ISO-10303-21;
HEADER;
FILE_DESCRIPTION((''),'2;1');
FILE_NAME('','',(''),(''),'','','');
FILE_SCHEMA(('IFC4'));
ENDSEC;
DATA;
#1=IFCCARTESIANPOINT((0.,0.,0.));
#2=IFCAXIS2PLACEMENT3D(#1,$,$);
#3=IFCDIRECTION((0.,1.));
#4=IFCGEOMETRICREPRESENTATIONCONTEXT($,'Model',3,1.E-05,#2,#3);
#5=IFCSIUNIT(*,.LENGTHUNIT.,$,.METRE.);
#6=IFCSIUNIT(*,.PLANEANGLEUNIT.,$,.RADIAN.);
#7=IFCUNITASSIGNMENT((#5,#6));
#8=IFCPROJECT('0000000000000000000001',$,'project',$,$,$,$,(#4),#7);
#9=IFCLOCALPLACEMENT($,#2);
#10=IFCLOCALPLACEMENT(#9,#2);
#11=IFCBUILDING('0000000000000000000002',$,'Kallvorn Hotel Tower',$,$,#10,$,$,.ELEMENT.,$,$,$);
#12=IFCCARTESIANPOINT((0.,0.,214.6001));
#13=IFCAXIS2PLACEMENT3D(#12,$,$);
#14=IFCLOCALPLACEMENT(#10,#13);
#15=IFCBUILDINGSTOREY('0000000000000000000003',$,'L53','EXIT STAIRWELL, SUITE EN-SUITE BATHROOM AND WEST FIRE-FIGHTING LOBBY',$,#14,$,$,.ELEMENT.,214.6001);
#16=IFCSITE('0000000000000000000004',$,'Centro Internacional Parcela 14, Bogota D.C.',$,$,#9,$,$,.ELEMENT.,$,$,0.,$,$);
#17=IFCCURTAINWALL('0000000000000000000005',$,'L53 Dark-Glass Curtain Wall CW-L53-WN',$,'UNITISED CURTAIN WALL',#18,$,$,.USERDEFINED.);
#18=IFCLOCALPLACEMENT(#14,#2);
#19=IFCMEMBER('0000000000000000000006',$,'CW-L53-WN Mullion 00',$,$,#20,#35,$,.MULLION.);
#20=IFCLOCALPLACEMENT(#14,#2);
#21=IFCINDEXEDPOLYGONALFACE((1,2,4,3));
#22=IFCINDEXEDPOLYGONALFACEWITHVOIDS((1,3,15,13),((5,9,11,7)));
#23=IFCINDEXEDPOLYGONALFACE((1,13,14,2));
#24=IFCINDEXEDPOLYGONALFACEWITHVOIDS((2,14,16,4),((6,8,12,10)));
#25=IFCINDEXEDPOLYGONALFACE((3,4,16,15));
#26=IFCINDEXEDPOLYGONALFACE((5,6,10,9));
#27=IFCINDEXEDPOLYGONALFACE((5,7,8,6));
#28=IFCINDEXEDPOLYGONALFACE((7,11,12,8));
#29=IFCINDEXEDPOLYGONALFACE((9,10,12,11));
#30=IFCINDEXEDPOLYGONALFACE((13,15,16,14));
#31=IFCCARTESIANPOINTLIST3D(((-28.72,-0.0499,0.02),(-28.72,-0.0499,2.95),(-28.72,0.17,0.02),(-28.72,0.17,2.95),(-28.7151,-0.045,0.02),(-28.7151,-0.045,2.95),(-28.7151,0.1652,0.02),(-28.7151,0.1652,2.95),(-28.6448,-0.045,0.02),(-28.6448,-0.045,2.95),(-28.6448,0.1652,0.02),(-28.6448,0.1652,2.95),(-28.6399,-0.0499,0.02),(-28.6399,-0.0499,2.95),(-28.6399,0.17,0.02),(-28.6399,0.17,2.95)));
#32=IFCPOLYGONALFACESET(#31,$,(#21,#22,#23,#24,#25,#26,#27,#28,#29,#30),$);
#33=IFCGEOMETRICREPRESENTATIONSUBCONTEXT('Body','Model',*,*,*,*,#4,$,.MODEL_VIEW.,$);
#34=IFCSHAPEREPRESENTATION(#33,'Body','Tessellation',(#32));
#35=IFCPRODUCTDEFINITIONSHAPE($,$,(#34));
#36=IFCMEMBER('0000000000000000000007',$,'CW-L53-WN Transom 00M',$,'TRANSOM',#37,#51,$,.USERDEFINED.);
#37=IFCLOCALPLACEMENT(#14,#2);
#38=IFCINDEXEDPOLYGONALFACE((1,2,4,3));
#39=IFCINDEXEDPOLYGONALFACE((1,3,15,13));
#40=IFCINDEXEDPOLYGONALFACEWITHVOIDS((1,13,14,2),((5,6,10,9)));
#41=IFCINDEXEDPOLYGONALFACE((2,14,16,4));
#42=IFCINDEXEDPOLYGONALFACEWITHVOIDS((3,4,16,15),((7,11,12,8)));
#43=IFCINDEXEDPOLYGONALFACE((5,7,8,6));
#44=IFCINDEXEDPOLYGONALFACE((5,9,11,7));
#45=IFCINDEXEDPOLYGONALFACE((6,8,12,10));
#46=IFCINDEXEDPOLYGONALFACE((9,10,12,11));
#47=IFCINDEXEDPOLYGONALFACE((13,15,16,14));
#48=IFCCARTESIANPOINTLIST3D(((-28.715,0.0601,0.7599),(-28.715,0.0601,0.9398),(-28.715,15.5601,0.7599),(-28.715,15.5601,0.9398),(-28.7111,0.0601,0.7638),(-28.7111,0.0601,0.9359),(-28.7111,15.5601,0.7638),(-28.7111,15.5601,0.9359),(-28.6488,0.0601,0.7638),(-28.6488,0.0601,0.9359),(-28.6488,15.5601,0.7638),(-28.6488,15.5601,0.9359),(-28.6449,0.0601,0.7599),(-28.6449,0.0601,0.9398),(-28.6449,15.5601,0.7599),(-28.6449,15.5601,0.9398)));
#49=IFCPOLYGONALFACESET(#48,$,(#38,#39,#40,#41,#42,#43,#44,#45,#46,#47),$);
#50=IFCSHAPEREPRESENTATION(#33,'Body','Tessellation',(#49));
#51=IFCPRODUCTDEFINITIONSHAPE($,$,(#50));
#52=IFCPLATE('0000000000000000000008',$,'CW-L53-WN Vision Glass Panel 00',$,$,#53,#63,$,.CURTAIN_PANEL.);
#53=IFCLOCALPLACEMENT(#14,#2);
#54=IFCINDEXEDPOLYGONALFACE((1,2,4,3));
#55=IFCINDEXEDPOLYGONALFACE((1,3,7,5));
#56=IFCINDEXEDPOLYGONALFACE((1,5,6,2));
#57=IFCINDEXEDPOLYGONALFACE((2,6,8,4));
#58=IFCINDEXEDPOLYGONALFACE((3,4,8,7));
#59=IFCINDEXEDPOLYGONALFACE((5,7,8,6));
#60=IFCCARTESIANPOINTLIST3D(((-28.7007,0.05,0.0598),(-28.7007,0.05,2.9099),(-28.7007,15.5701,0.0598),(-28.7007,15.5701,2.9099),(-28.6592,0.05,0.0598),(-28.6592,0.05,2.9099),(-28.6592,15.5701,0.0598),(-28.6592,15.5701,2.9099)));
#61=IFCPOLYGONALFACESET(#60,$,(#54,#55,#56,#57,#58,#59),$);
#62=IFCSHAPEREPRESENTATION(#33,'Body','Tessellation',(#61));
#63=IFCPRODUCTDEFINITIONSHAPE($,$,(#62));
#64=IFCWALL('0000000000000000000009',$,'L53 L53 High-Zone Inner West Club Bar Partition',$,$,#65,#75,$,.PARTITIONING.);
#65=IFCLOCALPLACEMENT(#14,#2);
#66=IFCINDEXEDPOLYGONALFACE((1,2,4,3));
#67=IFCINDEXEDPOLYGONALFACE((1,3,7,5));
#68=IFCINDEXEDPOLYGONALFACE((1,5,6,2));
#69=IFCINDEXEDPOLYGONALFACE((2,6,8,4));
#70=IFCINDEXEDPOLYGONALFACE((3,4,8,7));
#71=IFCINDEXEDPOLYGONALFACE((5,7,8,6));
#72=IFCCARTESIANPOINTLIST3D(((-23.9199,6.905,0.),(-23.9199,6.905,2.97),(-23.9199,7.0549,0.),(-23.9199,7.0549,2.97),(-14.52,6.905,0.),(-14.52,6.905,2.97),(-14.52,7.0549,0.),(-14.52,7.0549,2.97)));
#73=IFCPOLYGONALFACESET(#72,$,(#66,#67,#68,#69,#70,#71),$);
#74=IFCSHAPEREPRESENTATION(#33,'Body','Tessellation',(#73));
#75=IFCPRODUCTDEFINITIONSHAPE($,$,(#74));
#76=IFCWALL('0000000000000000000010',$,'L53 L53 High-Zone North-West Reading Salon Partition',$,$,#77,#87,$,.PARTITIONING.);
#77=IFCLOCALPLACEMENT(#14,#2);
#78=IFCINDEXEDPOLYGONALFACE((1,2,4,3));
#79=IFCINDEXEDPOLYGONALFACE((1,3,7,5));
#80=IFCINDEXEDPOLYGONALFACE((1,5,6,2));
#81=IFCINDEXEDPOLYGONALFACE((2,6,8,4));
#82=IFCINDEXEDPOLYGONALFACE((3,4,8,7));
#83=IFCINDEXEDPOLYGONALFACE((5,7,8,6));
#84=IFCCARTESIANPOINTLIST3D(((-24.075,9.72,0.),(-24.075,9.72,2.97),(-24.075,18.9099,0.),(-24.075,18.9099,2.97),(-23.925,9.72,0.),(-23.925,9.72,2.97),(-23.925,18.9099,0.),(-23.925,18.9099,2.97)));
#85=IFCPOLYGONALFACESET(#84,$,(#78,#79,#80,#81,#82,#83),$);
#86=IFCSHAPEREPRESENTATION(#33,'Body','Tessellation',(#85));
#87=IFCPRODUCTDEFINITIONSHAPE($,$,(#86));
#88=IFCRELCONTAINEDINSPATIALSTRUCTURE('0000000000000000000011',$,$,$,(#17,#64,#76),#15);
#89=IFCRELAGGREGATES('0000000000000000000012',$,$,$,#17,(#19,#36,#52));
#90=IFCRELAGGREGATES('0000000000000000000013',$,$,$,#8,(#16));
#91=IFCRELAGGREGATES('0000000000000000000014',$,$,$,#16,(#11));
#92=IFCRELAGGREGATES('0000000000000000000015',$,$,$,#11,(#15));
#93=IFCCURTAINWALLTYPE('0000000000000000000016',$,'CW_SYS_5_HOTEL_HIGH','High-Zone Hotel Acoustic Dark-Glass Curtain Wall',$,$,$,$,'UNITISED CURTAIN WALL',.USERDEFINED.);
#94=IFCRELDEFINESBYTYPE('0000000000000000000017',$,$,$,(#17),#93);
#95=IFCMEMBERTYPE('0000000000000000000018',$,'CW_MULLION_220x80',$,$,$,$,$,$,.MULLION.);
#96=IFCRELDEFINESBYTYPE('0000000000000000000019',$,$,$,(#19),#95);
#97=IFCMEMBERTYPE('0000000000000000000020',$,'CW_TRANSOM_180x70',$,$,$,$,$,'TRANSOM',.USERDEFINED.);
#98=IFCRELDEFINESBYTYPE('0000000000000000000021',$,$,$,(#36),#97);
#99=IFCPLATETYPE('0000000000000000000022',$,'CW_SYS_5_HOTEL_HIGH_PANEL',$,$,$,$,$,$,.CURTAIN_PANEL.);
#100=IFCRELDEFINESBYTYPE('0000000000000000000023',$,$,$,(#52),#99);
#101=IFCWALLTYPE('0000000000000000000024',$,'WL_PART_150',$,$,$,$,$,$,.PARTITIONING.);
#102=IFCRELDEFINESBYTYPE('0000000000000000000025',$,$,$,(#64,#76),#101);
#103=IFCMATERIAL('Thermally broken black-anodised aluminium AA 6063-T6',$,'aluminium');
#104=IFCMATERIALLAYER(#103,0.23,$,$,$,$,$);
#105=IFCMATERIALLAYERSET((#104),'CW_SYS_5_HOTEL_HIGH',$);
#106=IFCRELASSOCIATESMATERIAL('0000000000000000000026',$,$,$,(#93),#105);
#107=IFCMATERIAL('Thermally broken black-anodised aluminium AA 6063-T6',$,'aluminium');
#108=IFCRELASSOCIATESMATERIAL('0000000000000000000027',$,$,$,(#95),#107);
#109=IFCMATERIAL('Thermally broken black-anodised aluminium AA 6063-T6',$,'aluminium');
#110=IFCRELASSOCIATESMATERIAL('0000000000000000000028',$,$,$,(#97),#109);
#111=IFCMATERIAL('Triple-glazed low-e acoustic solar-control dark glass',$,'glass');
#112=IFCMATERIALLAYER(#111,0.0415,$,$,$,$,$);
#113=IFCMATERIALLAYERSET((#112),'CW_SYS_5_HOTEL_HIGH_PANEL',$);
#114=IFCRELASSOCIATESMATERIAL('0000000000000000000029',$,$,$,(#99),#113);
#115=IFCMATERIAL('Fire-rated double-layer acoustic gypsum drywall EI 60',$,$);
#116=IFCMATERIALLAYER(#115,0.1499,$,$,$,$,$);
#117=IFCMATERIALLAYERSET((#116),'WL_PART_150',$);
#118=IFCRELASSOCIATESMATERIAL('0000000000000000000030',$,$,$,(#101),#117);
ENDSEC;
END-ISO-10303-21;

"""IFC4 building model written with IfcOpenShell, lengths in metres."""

from ifc_helpers import new_model, si_unit, direction, frame, frame_2d, origin, origin_2d, place, context, subcontext, project, spatial, rectangle, hollow_rectangle, extrude, material, layer, layer_set, material_profile, profile_set, type_object, element, aggregate, save


model = new_model("IFC4")

# Units and contexts
model_context = context("Model", 3, precision=1e-05, world=origin(), true_north=direction((0.0, 1.0)))
body_context = subcontext(model_context, "Body", "Model", "MODEL_VIEW")
ifc_project = project(units=[si_unit("LENGTHUNIT", "METRE"), si_unit("PLANEANGLEUNIT", "RADIAN")], contexts=[model_context])

# Site, building, storey
site_placement = place(None, origin())
site = spatial("IfcSite", under=ifc_project, at=site_placement, Name="Centro Internacional Parcela 14, Bogota D.C.", CompositionType="ELEMENT", RefElevation=0.0)
building_placement = place(site_placement, origin())
building = spatial("IfcBuilding", under=site, at=building_placement, Name="Kallvorn Hotel Tower", CompositionType="ELEMENT")
storey_placement = place(building_placement, frame((0.0, 0.0, 214.6001)))
storey = spatial("IfcBuildingStorey", under=building, at=storey_placement, Name="L53", Description="EXIT STAIRWELL, SUITE EN-SUITE BATHROOM AND WEST FIRE-FIGHTING LOBBY", CompositionType="ELEMENT", Elevation=214.6001)

# Curtain wall, members, plate
ifc_material_1 = material(Name="Thermally broken black-anodised aluminium AA 6063-T6", Category="aluminium")
ifc_layer_1 = layer(ifc_material_1, 0.23)
ifc_layer_set_1 = layer_set([ifc_layer_1], Name="CW_SYS_5_HOTEL_HIGH")
curtain_wall_type = type_object("IfcCurtainWallType", Name="CW_SYS_5_HOTEL_HIGH", Description="High-Zone Hotel Acoustic Dark-Glass Curtain Wall", ElementType="UNITISED CURTAIN WALL", PredefinedType="USERDEFINED", material=ifc_layer_set_1)
curtain_wall_placement = place(storey_placement, origin())
curtain_wall = element("IfcCurtainWall", 1, at=curtain_wall_placement, inside=storey, type_object=curtain_wall_type, Name="L53 Dark-Glass Curtain Wall CW-L53-WN", ObjectType="UNITISED CURTAIN WALL", PredefinedType="USERDEFINED")
ifc_material_2 = material(Name="Thermally broken black-anodised aluminium AA 6063-T6", Category="aluminium")
ifc_material_profile_1 = material_profile(ifc_material_2, hollow_rectangle(XDim=0.0801, YDim=0.22, WallThickness=0.0049, at=origin_2d()), Name="MUL 220x80")
ifc_profile_set_1 = profile_set([ifc_material_profile_1], Name="Thermally broken black-anodised aluminium AA 6063-T6")
member_type_1 = type_object("IfcMemberType", Name="CW_MULLION_220x80", PredefinedType="MULLION", material=ifc_profile_set_1)
member_1_placement = place(storey_placement, frame((-28.6799, 0.0601, 0.02), z_axis=(0.0, 0.0, 1.0), x_axis=(1.0, 0.0, 0.0)))
member_1 = element("IfcMember", 2, at=member_1_placement, type_object=member_type_1, Name="CW-L53-WN Mullion 00", PredefinedType="MULLION", context=body_context, shape_type="SweptSolid", body=[
    extrude(hollow_rectangle(XDim=0.0801, YDim=0.22, WallThickness=0.0049, at=origin_2d()), origin(), (0.0, 0.0, 1.0), 2.9299),
])
ifc_material_3 = material(Name="Thermally broken black-anodised aluminium AA 6063-T6", Category="aluminium")
ifc_material_profile_2 = material_profile(ifc_material_3, hollow_rectangle(XDim=0.0701, YDim=0.1799, WallThickness=0.0039, at=origin_2d()), Name="TRN 180x70")
ifc_profile_set_2 = profile_set([ifc_material_profile_2], Name="Thermally broken black-anodised aluminium AA 6063-T6")
member_type_2 = type_object("IfcMemberType", Name="CW_TRANSOM_180x70", ElementType="TRANSOM", PredefinedType="USERDEFINED", material=ifc_profile_set_2)
member_2_placement = place(storey_placement, frame((-28.6799, 0.0601, 0.8499), z_axis=(0.0, 1.0, 0.0), x_axis=(-1.0, 0.0, 0.0)))
member_2 = element("IfcMember", 3, at=member_2_placement, type_object=member_type_2, Name="CW-L53-WN Transom 00M", ObjectType="TRANSOM", PredefinedType="USERDEFINED", context=body_context, shape_type="SweptSolid", body=[
    extrude(hollow_rectangle(XDim=0.0701, YDim=0.1799, WallThickness=0.0039, at=origin_2d()), origin(), (0.0, 0.0, 1.0), 15.5),
])
ifc_material_4 = material(Name="Triple-glazed low-e acoustic solar-control dark glass", Category="glass")
ifc_layer_2 = layer(ifc_material_4, 0.0415)
ifc_layer_set_2 = layer_set([ifc_layer_2], Name="CW_SYS_5_HOTEL_HIGH_PANEL")
plate_type = type_object("IfcPlateType", Name="CW_SYS_5_HOTEL_HIGH_PANEL", PredefinedType="CURTAIN_PANEL", material=ifc_layer_set_2)
plate_placement = place(storey_placement, frame((-28.6799, 7.8101, 0.0598), z_axis=(0.0, 0.0, 1.0), x_axis=(0.0, 1.0, 0.0)))
plate = element("IfcPlate", 4, at=plate_placement, type_object=plate_type, Name="CW-L53-WN Vision Glass Panel 00", PredefinedType="CURTAIN_PANEL", context=body_context, shape_type="SweptSolid", body=[
    extrude(rectangle(XDim=15.52, YDim=0.0415, at=origin_2d()), origin(), (0.0, 0.0, 1.0), 2.8501),
])
aggregate(curtain_wall, [member_1, member_2, plate])

# Walls
ifc_material_5 = material(Name="Fire-rated double-layer acoustic gypsum drywall EI 60")
ifc_layer_3 = layer(ifc_material_5, 0.1499)
ifc_layer_set_3 = layer_set([ifc_layer_3], Name="WL_PART_150")
wall_type = type_object("IfcWallType", Name="WL_PART_150", PredefinedType="PARTITIONING", material=ifc_layer_set_3)
wall_1_placement = place(storey_placement, frame((-23.9199, 6.98, 0.0), z_axis=(0.0, 0.0, 1.0), x_axis=(1.0, 0.0, 0.0)))
element("IfcWall", 5, at=wall_1_placement, inside=storey, type_object=wall_type, Name="L53 L53 High-Zone Inner West Club Bar Partition", PredefinedType="PARTITIONING", context=body_context, shape_type="SweptSolid", body=[
    extrude(rectangle(XDim=9.3999, YDim=0.1499, at=frame_2d((4.7, 0.0))), origin(), (0.0, 0.0, 1.0), 2.97),
])
wall_2_placement = place(storey_placement, frame((-24.0, 9.72, 0.0), z_axis=(0.0, 0.0, 1.0), x_axis=(0.0, 1.0, 0.0)))
element("IfcWall", 6, at=wall_2_placement, inside=storey, type_object=wall_type, Name="L53 L53 High-Zone North-West Reading Salon Partition", PredefinedType="PARTITIONING", context=body_context, shape_type="SweptSolid", body=[
    extrude(rectangle(XDim=9.1899, YDim=0.1499, at=frame_2d((4.595, 0.0))), origin(), (0.0, 0.0, 1.0), 2.97),
])

save(model, "model.ifc")
